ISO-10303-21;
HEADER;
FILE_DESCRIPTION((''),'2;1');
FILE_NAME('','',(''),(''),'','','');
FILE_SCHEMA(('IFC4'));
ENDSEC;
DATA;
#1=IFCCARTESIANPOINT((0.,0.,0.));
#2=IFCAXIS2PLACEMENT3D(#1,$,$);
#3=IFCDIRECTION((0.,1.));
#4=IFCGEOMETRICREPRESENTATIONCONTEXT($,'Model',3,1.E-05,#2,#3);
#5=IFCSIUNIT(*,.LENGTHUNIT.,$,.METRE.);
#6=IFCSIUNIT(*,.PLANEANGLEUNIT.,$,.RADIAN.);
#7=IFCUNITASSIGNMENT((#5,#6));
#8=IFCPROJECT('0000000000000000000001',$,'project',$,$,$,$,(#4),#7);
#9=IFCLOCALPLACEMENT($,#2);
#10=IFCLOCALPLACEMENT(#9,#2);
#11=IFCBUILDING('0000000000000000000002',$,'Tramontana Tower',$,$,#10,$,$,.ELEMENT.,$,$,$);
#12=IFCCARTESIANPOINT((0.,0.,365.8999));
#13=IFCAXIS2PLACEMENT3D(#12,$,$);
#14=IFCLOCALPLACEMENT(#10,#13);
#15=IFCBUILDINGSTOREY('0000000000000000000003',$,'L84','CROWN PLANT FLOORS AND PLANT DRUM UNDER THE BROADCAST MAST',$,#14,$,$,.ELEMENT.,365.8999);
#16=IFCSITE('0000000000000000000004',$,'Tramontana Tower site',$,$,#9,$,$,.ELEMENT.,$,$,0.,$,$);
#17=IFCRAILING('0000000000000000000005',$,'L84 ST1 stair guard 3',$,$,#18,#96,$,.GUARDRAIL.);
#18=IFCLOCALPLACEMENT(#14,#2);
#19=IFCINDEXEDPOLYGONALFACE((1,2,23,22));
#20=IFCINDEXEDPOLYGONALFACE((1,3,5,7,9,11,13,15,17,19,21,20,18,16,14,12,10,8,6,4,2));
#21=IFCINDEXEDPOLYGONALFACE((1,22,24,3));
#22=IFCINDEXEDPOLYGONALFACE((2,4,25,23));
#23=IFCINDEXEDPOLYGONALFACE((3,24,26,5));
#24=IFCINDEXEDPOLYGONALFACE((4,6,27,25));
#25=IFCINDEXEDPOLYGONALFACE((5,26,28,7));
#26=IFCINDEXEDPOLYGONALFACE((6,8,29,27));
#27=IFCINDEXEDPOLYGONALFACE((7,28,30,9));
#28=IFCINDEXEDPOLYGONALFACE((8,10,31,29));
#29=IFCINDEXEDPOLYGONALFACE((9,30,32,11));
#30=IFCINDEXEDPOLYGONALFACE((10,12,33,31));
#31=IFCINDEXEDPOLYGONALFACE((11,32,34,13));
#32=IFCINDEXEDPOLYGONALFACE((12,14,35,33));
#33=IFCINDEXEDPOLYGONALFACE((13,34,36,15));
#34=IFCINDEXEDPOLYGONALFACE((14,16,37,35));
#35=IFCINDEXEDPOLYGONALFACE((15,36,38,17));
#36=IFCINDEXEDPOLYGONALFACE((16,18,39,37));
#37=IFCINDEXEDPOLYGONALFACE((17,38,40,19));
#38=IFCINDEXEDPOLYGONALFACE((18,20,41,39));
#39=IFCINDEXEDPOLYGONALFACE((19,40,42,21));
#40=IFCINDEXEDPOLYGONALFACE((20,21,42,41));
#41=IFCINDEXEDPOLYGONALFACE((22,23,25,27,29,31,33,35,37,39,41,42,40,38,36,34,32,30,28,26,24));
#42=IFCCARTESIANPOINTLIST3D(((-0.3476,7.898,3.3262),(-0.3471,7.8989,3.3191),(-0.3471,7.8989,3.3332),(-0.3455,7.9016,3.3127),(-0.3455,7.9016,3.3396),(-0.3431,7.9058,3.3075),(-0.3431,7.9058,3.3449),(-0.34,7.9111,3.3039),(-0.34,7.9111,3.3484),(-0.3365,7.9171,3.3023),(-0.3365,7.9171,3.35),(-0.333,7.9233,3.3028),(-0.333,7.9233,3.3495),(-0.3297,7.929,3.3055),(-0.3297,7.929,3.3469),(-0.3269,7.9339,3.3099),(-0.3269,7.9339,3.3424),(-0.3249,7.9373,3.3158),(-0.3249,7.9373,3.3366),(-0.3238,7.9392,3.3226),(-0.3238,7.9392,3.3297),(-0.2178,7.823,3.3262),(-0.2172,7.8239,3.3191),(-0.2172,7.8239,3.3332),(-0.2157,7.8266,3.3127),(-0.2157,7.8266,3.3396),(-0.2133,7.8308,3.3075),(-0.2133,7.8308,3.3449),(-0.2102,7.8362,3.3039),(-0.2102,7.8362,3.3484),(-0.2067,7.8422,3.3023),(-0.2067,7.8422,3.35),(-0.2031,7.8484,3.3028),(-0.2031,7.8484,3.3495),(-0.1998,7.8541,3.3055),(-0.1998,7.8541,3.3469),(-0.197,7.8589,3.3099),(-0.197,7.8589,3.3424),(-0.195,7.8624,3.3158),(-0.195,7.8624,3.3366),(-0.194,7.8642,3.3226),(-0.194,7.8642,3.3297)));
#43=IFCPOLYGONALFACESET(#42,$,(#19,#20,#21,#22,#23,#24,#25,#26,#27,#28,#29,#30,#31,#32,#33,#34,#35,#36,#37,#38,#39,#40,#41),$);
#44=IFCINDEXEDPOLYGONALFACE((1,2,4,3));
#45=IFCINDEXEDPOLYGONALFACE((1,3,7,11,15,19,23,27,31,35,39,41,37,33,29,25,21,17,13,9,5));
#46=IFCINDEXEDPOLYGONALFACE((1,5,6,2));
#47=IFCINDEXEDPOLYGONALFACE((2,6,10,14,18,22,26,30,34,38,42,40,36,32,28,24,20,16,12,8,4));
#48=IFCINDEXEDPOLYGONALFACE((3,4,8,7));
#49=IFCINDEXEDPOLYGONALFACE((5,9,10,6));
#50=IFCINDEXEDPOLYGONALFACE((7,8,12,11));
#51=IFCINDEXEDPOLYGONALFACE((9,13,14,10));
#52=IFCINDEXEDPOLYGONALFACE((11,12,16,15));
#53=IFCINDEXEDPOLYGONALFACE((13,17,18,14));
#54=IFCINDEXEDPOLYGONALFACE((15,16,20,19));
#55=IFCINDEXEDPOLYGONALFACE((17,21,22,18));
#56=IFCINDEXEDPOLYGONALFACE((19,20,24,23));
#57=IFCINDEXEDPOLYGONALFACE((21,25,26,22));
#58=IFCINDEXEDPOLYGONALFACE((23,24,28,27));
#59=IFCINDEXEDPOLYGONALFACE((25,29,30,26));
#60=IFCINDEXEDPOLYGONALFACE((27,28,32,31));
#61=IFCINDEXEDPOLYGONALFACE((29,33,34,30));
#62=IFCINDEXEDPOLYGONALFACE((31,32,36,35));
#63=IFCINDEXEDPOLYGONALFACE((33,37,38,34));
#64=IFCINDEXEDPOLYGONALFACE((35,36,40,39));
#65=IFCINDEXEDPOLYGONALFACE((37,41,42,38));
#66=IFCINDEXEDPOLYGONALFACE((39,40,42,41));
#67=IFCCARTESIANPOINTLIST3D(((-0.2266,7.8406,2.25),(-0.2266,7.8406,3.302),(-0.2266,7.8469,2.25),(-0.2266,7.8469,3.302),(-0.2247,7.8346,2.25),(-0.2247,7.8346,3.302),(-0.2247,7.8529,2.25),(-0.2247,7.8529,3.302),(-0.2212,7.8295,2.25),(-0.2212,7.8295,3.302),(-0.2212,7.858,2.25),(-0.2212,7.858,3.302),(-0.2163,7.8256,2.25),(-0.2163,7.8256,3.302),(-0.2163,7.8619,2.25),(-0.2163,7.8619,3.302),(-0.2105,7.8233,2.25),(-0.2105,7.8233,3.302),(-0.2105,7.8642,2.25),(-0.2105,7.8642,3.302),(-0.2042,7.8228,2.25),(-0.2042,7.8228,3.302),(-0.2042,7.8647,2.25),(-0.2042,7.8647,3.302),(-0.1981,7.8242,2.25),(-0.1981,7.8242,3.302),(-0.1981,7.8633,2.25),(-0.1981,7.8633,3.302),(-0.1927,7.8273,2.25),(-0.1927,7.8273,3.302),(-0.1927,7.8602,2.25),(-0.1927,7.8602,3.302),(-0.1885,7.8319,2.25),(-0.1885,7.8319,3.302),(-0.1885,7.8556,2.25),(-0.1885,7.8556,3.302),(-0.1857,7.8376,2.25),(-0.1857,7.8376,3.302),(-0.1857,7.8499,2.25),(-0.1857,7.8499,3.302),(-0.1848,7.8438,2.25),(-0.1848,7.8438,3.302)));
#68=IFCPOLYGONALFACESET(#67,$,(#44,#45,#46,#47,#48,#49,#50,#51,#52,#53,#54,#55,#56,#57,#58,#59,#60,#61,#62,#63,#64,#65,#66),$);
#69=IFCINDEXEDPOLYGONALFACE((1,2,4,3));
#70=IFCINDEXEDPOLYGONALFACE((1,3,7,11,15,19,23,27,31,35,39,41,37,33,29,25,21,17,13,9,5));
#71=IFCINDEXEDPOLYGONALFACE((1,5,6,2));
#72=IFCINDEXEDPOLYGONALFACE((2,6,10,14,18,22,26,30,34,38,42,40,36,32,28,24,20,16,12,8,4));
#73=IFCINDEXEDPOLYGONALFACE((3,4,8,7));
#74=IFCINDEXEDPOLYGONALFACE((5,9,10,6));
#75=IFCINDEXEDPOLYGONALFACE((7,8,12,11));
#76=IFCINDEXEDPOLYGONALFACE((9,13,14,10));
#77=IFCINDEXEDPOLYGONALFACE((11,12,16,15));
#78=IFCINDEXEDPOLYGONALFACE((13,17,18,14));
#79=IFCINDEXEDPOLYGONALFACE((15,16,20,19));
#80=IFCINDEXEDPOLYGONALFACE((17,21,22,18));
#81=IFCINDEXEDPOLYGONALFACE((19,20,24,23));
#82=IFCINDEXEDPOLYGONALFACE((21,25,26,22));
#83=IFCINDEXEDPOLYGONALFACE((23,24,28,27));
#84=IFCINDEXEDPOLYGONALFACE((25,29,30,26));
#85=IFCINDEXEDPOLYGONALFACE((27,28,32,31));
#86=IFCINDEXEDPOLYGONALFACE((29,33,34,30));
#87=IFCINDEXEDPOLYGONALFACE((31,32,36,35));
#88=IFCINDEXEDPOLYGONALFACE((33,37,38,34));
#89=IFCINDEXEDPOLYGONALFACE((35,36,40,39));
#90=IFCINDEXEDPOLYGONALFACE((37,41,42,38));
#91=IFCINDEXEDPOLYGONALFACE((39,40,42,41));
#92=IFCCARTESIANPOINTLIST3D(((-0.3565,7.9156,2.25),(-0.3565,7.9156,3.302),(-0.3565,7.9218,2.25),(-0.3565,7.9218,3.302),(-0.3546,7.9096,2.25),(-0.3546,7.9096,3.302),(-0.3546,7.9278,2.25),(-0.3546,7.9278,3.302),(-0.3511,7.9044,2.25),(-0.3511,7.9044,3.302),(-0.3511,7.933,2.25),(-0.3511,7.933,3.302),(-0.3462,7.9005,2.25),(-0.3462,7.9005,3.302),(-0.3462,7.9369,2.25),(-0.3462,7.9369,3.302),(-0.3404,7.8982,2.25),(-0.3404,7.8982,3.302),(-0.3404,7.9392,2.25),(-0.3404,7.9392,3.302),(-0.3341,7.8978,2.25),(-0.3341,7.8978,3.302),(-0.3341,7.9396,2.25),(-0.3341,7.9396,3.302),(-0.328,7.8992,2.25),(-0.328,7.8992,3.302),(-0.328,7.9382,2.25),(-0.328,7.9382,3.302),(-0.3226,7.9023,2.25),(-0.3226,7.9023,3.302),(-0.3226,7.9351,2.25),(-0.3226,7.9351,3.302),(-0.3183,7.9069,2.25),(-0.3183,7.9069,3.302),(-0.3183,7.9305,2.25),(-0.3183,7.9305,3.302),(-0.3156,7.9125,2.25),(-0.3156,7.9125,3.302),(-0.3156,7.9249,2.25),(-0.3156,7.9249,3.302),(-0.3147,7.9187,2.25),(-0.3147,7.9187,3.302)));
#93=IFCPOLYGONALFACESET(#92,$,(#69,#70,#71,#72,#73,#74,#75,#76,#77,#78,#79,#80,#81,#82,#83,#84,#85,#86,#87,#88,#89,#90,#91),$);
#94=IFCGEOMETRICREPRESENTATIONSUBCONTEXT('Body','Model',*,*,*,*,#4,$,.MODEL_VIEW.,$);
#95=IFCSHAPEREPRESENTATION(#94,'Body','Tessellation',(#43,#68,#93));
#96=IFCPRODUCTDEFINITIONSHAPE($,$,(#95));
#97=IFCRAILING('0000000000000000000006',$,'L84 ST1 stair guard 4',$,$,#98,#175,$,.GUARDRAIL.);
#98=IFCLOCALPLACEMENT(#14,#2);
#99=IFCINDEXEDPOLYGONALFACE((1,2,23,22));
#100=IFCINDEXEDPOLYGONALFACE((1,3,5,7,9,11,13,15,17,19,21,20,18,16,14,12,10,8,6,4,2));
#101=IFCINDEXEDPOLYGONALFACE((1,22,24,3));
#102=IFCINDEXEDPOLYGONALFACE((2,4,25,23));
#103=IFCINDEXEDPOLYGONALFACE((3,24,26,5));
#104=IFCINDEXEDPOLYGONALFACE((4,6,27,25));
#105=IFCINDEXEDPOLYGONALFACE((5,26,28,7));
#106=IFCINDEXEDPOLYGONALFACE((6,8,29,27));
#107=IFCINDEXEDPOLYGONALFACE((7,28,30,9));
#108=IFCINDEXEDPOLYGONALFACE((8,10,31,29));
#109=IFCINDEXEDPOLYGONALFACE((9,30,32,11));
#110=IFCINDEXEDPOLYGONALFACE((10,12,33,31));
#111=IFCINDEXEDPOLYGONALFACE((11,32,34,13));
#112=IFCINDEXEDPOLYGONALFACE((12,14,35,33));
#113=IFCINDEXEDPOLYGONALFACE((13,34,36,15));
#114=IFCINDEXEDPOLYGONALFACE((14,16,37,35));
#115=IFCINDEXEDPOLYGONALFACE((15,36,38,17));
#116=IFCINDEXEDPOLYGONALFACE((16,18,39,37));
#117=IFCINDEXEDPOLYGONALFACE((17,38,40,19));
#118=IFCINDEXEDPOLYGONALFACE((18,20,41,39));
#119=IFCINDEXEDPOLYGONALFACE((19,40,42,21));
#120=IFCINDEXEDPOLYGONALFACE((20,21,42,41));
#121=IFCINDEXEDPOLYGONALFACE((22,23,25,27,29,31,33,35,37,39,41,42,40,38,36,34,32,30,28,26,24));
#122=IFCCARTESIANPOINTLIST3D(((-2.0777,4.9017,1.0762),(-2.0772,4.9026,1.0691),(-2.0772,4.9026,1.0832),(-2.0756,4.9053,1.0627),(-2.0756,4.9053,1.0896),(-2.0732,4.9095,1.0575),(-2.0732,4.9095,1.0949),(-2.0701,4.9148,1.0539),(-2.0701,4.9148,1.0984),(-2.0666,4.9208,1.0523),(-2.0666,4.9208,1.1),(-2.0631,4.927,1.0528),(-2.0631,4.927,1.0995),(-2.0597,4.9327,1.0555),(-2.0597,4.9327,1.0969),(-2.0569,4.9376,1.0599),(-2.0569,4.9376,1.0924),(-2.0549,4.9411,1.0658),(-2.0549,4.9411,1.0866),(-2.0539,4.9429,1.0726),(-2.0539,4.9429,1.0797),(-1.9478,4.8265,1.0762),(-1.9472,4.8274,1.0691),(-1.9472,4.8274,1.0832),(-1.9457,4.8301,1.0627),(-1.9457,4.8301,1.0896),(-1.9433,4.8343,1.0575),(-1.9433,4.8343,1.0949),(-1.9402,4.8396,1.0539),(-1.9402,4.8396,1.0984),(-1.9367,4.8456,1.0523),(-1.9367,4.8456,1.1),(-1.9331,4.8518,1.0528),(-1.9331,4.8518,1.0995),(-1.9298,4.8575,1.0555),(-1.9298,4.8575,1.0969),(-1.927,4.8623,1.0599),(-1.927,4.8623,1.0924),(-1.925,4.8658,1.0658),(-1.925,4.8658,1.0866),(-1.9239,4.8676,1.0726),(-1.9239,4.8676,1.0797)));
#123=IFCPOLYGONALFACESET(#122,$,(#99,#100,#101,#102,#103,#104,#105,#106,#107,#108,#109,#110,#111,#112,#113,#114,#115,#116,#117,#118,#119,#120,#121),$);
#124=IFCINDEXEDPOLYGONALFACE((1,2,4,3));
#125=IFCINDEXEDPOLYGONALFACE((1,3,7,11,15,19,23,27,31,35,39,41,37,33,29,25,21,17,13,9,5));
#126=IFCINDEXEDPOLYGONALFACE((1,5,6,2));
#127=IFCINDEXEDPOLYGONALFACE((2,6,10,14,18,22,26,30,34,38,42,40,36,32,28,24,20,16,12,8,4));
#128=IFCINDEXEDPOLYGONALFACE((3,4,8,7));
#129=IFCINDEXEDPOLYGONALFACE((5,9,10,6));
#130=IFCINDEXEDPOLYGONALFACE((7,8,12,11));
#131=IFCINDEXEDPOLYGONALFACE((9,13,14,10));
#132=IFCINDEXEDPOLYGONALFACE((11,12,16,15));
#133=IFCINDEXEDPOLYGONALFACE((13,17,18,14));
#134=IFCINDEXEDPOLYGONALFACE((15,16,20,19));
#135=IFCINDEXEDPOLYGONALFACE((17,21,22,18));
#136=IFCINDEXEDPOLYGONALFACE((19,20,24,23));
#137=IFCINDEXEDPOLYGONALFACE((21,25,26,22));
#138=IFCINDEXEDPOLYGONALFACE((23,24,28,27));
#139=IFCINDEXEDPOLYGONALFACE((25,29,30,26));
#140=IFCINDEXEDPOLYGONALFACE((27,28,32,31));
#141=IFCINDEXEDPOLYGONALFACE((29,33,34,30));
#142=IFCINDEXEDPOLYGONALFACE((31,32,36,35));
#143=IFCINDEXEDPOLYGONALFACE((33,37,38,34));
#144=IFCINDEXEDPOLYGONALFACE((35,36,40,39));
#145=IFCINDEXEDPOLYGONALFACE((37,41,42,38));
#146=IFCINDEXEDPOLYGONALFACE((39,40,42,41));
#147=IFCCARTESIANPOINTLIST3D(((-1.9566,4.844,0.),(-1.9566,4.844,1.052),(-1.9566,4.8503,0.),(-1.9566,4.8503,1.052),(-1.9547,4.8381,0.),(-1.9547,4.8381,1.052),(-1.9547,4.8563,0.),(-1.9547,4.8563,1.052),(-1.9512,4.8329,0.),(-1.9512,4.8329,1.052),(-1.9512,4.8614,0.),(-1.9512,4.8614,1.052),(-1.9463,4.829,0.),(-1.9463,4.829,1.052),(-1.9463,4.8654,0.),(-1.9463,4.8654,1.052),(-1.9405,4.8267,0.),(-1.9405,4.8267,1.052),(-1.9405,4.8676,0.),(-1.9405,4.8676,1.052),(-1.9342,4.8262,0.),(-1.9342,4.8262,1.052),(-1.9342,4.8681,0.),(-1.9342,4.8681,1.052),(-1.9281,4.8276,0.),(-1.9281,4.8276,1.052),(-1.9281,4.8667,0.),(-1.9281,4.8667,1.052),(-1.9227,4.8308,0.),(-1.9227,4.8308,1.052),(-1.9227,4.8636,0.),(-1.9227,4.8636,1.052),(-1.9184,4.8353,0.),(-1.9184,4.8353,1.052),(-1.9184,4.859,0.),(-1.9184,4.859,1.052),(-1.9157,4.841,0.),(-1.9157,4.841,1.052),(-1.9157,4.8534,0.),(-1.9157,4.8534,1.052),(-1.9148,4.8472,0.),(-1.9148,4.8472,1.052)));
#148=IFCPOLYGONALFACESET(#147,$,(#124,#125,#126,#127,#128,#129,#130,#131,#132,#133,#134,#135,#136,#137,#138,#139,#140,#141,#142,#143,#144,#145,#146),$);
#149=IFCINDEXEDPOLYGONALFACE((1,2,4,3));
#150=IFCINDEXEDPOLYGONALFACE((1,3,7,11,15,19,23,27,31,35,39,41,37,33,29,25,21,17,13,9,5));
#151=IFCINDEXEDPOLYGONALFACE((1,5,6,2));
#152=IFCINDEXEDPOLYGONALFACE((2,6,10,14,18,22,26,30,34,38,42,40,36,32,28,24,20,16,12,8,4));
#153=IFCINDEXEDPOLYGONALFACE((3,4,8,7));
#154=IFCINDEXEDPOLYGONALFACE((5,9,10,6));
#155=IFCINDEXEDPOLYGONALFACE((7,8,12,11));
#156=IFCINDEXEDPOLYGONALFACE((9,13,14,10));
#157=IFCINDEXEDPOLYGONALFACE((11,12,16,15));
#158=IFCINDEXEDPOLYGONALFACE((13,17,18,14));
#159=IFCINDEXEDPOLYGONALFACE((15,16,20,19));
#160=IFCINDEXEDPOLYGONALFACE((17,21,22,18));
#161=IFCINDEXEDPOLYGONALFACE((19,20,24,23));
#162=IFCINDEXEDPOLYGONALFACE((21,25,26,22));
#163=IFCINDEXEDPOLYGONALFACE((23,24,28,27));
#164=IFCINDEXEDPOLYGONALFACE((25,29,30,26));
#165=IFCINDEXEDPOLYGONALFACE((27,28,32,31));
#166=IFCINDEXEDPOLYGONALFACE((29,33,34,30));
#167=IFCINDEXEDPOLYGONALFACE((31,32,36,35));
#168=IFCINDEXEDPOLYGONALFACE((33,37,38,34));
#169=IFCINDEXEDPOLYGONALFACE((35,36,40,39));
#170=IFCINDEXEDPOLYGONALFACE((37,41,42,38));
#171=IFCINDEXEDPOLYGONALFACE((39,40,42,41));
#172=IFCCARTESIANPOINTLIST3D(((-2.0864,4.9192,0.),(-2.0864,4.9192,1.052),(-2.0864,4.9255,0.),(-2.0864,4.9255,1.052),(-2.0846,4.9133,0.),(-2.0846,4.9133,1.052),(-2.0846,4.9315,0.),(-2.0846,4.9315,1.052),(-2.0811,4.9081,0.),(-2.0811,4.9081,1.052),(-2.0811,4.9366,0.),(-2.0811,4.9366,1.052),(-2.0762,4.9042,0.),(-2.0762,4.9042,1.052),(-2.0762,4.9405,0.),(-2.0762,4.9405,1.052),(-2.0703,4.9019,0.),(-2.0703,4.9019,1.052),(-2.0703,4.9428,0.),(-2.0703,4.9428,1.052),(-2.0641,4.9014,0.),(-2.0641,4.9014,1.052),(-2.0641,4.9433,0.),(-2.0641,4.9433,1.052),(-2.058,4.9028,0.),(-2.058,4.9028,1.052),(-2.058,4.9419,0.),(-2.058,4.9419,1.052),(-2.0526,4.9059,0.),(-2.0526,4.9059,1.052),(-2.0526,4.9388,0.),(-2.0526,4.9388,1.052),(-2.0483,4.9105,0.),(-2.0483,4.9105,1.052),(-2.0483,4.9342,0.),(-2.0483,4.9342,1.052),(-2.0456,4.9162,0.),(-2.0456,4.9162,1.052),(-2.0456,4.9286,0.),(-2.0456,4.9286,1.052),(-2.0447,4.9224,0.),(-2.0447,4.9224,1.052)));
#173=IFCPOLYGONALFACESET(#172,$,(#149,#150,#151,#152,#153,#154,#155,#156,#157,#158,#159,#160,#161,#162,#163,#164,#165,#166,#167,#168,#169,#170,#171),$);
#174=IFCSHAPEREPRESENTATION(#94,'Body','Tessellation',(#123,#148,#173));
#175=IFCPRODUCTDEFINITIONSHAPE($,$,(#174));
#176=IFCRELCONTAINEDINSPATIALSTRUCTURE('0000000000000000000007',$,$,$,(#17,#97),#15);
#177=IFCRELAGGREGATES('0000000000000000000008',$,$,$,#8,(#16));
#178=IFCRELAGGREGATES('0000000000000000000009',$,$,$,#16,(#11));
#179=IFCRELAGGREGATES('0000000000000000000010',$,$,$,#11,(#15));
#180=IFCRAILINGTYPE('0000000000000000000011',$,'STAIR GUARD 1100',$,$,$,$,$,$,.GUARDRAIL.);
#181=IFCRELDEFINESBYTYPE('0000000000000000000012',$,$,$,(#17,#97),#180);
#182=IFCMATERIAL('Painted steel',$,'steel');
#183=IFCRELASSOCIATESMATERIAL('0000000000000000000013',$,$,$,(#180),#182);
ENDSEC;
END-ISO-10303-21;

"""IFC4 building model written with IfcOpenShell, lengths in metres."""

from ifc_helpers import new_model, si_unit, direction, frame, origin, origin_2d, place, context, subcontext, project, spatial, circle, extrude, material, type_object, element, save


model = new_model("IFC4")

# Units and contexts
model_context = context("Model", 3, precision=1e-05, world=origin(), true_north=direction((0.0, 1.0)))
body_context = subcontext(model_context, "Body", "Model", "MODEL_VIEW")
ifc_project = project(units=[si_unit("LENGTHUNIT", "METRE"), si_unit("PLANEANGLEUNIT", "RADIAN")], contexts=[model_context])

# Site, building, storey
site_placement = place(None, origin())
site = spatial("IfcSite", under=ifc_project, at=site_placement, Name="Tramontana Tower site", CompositionType="ELEMENT", RefElevation=0.0)
building_placement = place(site_placement, origin())
building = spatial("IfcBuilding", under=site, at=building_placement, Name="Tramontana Tower", CompositionType="ELEMENT")
storey_placement = place(building_placement, frame((0.0, 0.0, 365.8999)))
storey = spatial("IfcBuildingStorey", under=building, at=storey_placement, Name="L84", Description="CROWN PLANT FLOORS AND PLANT DRUM UNDER THE BROADCAST MAST", CompositionType="ELEMENT", Elevation=365.8999)

# Railings
ifc_material_1 = material(Name="Painted steel", Category="steel")
railing_type_1 = type_object("IfcRailingType", Name="STAIR GUARD 1100", PredefinedType="GUARDRAIL", material=ifc_material_1)
railing_1_placement = place(storey_placement, frame((-0.2058, 7.8438, 2.25)))
element("IfcRailing", 1, at=railing_1_placement, inside=storey, type_object=railing_type_1, Name="L84 ST1 stair guard 3", PredefinedType="GUARDRAIL", context=body_context, shape_type="SweptSolid", body=[
    extrude(circle(Radius=0.0239, at=origin_2d()), frame((0.0, 0.0, 1.0762), z_axis=(-0.866131, 0.499816, 0.0), x_axis=(-0.499816, -0.866131, 0.0)), (0.0, 0.0, 1.0), 0.1499),
    extrude(circle(Radius=0.021, at=origin_2d()), origin(), (0.0, 0.0, 1.0), 1.052),
    extrude(circle(Radius=0.021, at=origin_2d()), frame((-0.1299, 0.075, 0.0)), (0.0, 0.0, 1.0), 1.052),
])
railing_2_placement = place(storey_placement, frame((-1.9358, 4.8472, 0.0)))
element("IfcRailing", 2, at=railing_2_placement, inside=storey, type_object=railing_type_1, Name="L84 ST1 stair guard 4", PredefinedType="GUARDRAIL", context=body_context, shape_type="SweptSolid", body=[
    extrude(circle(Radius=0.0239, at=origin_2d()), frame((0.0, 0.0, 1.0762), z_axis=(-0.865426, 0.501036, 0.0), x_axis=(-0.501036, -0.865426, 0.0)), (0.0, 0.0, 1.0), 0.1501),
    extrude(circle(Radius=0.021, at=origin_2d()), origin(), (0.0, 0.0, 1.0), 1.052),
    extrude(circle(Radius=0.021, at=origin_2d()), frame((-0.1299, 0.0752, 0.0)), (0.0, 0.0, 1.0), 1.052),
])

save(model, "model.ifc")
